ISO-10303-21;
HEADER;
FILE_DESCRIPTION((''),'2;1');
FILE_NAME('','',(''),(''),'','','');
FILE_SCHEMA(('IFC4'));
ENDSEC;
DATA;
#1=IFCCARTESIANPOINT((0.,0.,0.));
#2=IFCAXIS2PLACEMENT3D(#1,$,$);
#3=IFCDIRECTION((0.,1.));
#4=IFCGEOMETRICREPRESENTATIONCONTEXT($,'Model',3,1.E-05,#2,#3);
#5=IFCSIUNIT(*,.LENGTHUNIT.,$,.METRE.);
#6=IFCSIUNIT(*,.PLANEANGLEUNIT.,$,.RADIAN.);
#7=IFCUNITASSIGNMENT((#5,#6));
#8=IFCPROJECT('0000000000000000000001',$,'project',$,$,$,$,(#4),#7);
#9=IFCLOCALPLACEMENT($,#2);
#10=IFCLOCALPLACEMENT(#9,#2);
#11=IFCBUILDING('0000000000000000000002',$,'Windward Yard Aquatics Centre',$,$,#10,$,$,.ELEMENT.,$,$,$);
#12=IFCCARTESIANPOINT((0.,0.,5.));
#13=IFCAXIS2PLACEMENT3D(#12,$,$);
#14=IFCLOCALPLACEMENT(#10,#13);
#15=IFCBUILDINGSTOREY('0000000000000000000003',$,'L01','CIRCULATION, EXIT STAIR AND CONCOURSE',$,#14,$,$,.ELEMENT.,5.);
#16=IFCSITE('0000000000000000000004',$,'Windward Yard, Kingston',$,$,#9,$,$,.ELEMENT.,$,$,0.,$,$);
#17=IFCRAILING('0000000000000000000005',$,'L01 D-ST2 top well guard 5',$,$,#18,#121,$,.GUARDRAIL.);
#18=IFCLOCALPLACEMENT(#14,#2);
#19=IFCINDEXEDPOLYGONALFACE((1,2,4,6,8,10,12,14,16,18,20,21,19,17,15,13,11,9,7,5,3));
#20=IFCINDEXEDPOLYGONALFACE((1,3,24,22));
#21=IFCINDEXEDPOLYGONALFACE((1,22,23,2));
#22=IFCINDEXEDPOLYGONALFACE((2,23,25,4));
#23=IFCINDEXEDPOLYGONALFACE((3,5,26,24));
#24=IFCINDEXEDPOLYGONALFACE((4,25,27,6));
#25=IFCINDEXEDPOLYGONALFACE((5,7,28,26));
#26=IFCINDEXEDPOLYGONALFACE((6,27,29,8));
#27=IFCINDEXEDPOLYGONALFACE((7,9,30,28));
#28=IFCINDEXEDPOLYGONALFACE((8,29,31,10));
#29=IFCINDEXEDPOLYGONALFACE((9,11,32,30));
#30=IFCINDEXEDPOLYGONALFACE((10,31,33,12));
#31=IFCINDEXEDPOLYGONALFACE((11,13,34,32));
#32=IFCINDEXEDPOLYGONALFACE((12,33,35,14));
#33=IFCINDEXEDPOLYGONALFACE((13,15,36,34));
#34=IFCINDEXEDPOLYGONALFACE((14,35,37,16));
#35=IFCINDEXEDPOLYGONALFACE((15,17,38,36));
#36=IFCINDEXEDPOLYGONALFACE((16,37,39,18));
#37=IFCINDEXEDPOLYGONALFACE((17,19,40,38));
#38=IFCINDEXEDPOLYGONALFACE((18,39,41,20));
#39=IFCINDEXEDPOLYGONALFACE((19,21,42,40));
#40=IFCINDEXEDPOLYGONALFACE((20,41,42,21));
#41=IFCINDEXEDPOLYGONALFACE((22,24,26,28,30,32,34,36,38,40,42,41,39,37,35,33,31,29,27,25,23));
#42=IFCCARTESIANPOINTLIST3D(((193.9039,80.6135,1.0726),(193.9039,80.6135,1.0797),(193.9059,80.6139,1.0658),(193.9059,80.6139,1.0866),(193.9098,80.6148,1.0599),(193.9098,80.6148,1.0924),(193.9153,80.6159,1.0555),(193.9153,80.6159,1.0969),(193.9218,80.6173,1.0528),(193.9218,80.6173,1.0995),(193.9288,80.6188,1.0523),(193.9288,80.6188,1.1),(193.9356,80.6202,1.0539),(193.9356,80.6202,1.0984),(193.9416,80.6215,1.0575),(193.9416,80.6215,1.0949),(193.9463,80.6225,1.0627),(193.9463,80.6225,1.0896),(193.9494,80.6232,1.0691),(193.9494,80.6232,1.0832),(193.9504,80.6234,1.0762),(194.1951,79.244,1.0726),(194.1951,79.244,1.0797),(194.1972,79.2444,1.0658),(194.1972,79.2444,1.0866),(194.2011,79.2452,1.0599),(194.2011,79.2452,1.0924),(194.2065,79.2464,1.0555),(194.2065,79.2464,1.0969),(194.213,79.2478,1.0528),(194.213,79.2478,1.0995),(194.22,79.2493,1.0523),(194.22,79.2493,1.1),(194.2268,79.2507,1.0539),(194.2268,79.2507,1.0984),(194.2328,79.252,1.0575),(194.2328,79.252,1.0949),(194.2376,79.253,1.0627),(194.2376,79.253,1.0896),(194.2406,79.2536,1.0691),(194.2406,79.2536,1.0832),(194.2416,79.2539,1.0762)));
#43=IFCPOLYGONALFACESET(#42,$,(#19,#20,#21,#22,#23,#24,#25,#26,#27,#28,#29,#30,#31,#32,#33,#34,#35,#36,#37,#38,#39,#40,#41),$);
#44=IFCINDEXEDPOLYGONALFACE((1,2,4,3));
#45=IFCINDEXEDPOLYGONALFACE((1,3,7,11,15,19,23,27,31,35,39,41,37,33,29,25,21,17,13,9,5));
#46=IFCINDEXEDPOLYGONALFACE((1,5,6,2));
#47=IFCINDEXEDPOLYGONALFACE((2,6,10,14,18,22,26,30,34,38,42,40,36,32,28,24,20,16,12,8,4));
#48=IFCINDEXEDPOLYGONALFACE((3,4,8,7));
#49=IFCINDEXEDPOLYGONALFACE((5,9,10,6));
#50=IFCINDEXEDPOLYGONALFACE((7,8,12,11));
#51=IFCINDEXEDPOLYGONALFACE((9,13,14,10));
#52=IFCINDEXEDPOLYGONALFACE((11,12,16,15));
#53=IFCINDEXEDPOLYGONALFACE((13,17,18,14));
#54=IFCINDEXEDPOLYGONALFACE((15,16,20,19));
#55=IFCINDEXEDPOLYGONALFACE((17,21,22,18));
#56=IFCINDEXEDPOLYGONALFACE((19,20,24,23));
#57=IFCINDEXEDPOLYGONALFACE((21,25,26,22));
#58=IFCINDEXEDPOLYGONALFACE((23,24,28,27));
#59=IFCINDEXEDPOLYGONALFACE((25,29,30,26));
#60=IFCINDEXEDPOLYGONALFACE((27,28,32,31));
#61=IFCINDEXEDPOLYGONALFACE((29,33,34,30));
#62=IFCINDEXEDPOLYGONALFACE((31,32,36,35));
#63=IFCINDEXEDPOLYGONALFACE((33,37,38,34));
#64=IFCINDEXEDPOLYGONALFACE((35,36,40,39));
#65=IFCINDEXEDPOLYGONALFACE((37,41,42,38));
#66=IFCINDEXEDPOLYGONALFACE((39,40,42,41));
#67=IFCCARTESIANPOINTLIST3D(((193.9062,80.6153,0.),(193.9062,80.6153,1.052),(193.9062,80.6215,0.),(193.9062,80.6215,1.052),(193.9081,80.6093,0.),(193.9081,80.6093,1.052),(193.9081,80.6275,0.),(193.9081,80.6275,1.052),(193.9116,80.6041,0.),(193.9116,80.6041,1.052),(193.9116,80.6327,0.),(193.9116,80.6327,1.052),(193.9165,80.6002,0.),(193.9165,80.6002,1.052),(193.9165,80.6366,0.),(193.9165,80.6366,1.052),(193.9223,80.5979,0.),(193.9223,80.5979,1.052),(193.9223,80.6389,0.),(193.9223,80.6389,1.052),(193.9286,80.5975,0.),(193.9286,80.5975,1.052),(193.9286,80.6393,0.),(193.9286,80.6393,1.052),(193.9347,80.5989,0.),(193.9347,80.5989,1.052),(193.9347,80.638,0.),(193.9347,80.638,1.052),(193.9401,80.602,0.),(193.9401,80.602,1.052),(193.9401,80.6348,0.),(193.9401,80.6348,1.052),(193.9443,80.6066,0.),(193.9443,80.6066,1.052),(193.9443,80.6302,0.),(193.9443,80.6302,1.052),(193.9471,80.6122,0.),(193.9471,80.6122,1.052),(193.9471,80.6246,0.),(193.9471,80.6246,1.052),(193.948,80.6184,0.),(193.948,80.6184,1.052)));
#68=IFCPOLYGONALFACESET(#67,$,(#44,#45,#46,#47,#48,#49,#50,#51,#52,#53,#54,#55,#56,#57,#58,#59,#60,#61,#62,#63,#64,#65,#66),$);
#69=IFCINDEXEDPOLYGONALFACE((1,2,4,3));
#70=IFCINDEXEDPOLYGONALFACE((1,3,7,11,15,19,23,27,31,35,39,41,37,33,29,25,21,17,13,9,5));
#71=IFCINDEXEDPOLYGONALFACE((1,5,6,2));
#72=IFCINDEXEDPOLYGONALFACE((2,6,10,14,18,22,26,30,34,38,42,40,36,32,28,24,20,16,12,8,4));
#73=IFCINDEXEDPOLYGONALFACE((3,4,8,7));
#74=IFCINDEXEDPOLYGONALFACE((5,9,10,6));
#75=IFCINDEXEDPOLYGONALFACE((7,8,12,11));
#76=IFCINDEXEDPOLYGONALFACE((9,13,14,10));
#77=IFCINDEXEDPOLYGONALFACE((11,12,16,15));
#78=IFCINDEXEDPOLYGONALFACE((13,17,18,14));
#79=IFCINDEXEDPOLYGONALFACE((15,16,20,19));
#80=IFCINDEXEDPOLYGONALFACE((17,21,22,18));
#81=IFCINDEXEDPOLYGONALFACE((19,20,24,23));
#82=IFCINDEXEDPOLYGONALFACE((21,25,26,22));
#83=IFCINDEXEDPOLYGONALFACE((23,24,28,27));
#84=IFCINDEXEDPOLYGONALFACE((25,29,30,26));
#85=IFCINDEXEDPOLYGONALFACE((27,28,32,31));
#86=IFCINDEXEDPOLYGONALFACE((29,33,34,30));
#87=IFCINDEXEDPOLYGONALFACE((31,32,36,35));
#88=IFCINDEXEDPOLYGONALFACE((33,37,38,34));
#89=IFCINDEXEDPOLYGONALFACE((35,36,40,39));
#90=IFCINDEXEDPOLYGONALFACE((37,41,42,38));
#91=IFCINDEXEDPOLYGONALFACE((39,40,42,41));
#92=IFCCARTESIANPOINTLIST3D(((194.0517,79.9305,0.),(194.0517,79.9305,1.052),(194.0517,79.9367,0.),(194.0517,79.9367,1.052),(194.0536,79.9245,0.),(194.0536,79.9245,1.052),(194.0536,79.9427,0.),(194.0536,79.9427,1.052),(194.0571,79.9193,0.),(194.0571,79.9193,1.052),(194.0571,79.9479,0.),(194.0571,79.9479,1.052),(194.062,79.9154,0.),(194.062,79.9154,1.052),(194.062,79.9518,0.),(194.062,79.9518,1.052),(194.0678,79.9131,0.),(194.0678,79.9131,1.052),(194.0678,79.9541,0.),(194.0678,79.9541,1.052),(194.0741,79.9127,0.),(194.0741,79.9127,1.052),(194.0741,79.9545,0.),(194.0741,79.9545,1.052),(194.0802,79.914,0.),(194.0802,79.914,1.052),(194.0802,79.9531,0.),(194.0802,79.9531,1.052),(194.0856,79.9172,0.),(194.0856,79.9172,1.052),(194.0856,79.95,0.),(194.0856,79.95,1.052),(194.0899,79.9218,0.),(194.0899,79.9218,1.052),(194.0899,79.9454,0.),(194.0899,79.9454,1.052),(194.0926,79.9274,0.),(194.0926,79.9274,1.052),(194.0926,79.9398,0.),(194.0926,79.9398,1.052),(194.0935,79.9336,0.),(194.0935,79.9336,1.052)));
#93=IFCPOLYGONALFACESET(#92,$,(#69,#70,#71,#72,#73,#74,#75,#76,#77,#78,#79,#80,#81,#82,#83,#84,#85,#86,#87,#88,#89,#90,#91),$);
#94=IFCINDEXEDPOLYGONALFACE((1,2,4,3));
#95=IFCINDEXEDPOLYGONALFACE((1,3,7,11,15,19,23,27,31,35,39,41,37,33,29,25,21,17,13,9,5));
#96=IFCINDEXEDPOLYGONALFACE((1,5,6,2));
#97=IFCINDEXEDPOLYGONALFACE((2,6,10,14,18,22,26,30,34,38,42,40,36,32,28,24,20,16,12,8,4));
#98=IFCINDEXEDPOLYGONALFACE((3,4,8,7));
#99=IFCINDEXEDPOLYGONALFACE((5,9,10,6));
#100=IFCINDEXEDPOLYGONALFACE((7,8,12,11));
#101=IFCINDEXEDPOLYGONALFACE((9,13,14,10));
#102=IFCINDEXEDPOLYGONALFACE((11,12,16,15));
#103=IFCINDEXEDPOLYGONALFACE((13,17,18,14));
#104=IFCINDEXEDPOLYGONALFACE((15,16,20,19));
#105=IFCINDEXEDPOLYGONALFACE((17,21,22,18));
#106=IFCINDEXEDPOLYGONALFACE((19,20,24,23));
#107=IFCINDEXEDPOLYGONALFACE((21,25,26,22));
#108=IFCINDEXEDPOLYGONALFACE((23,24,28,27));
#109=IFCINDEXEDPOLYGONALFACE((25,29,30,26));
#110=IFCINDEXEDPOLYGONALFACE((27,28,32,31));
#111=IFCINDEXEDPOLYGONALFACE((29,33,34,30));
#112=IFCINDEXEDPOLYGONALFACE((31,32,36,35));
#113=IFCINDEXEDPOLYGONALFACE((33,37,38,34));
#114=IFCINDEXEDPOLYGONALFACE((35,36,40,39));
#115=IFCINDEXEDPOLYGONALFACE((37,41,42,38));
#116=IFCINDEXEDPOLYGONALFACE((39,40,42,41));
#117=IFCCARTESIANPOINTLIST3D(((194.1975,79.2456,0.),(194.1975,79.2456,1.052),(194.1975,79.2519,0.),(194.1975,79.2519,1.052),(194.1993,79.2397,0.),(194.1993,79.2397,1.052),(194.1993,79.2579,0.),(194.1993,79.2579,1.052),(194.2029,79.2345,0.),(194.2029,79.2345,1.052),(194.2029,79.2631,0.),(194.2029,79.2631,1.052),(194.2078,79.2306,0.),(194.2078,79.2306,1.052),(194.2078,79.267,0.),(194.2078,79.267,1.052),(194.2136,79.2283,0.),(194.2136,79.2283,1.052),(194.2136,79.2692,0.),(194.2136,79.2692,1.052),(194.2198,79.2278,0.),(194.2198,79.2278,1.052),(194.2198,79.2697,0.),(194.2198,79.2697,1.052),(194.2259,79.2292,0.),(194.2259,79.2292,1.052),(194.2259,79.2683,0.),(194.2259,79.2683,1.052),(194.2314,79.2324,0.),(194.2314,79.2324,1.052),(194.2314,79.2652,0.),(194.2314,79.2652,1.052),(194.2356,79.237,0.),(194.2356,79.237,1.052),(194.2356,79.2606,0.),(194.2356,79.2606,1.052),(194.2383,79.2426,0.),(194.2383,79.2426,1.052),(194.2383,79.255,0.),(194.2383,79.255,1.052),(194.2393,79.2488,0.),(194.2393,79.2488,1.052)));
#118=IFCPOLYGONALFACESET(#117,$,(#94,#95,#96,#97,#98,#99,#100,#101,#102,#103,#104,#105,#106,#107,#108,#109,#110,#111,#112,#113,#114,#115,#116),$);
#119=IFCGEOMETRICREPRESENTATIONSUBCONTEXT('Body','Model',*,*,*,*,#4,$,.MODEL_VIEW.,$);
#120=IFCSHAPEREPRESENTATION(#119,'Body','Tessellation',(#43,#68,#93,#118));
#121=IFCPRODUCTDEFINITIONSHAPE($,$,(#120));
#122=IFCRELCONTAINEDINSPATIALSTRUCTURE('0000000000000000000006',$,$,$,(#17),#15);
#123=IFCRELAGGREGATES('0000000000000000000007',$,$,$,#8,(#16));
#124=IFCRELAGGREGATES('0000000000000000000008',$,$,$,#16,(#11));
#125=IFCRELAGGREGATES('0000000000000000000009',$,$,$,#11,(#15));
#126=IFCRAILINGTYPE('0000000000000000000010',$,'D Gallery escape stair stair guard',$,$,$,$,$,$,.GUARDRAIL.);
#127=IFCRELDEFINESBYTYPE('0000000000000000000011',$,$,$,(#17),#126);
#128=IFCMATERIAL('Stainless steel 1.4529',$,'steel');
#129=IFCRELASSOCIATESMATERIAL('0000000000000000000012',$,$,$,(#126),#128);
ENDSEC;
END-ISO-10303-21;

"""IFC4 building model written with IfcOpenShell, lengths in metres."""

from ifc_helpers import new_model, si_unit, direction, frame, origin, origin_2d, place, context, subcontext, project, spatial, circle, extrude, material, type_object, element, save


model = new_model("IFC4")

# Units and contexts
model_context = context("Model", 3, precision=1e-05, world=origin(), true_north=direction((0.0, 1.0)))
body_context = subcontext(model_context, "Body", "Model", "MODEL_VIEW")
ifc_project = project(units=[si_unit("LENGTHUNIT", "METRE"), si_unit("PLANEANGLEUNIT", "RADIAN")], contexts=[model_context])

# Site, building, storey
site_placement = place(None, origin())
site = spatial("IfcSite", under=ifc_project, at=site_placement, Name="Windward Yard, Kingston", CompositionType="ELEMENT", RefElevation=0.0)
building_placement = place(site_placement, origin())
building = spatial("IfcBuilding", under=site, at=building_placement, Name="Windward Yard Aquatics Centre", CompositionType="ELEMENT")
storey_placement = place(building_placement, frame((0.0, 0.0, 5.0)))
storey = spatial("IfcBuildingStorey", under=building, at=storey_placement, Name="L01", Description="CIRCULATION, EXIT STAIR AND CONCOURSE", CompositionType="ELEMENT", Elevation=5.0)

# Railing
ifc_material_1 = material(Name="Stainless steel 1.4529", Category="steel")
railing_type = type_object("IfcRailingType", Name="D Gallery escape stair stair guard", PredefinedType="GUARDRAIL", material=ifc_material_1)
railing_1_placement = place(storey_placement, frame((193.927, 80.6184, 0.0)))
element("IfcRailing", 1, at=railing_1_placement, inside=storey, type_object=railing_type, Name="L01 D-ST2 top well guard 5", PredefinedType="GUARDRAIL", context=body_context, shape_type="SweptSolid", body=[
    extrude(circle(Radius=0.0239, at=origin_2d()), frame((0.0, 0.0, 1.0762), z_axis=(0.208005, -0.978128, 0.0), x_axis=(0.978128, 0.208005, 0.0)), (0.0, 0.0, 1.0), 1.4001),
    extrude(circle(Radius=0.021, at=origin_2d()), origin(), (0.0, 0.0, 1.0), 1.052),
    extrude(circle(Radius=0.021, at=origin_2d()), frame((0.1455, -0.6848, 0.0)), (0.0, 0.0, 1.0), 1.052),
    extrude(circle(Radius=0.021, at=origin_2d()), frame((0.2913, -1.3696, 0.0)), (0.0, 0.0, 1.0), 1.052),
])

save(model, "model.ifc")
